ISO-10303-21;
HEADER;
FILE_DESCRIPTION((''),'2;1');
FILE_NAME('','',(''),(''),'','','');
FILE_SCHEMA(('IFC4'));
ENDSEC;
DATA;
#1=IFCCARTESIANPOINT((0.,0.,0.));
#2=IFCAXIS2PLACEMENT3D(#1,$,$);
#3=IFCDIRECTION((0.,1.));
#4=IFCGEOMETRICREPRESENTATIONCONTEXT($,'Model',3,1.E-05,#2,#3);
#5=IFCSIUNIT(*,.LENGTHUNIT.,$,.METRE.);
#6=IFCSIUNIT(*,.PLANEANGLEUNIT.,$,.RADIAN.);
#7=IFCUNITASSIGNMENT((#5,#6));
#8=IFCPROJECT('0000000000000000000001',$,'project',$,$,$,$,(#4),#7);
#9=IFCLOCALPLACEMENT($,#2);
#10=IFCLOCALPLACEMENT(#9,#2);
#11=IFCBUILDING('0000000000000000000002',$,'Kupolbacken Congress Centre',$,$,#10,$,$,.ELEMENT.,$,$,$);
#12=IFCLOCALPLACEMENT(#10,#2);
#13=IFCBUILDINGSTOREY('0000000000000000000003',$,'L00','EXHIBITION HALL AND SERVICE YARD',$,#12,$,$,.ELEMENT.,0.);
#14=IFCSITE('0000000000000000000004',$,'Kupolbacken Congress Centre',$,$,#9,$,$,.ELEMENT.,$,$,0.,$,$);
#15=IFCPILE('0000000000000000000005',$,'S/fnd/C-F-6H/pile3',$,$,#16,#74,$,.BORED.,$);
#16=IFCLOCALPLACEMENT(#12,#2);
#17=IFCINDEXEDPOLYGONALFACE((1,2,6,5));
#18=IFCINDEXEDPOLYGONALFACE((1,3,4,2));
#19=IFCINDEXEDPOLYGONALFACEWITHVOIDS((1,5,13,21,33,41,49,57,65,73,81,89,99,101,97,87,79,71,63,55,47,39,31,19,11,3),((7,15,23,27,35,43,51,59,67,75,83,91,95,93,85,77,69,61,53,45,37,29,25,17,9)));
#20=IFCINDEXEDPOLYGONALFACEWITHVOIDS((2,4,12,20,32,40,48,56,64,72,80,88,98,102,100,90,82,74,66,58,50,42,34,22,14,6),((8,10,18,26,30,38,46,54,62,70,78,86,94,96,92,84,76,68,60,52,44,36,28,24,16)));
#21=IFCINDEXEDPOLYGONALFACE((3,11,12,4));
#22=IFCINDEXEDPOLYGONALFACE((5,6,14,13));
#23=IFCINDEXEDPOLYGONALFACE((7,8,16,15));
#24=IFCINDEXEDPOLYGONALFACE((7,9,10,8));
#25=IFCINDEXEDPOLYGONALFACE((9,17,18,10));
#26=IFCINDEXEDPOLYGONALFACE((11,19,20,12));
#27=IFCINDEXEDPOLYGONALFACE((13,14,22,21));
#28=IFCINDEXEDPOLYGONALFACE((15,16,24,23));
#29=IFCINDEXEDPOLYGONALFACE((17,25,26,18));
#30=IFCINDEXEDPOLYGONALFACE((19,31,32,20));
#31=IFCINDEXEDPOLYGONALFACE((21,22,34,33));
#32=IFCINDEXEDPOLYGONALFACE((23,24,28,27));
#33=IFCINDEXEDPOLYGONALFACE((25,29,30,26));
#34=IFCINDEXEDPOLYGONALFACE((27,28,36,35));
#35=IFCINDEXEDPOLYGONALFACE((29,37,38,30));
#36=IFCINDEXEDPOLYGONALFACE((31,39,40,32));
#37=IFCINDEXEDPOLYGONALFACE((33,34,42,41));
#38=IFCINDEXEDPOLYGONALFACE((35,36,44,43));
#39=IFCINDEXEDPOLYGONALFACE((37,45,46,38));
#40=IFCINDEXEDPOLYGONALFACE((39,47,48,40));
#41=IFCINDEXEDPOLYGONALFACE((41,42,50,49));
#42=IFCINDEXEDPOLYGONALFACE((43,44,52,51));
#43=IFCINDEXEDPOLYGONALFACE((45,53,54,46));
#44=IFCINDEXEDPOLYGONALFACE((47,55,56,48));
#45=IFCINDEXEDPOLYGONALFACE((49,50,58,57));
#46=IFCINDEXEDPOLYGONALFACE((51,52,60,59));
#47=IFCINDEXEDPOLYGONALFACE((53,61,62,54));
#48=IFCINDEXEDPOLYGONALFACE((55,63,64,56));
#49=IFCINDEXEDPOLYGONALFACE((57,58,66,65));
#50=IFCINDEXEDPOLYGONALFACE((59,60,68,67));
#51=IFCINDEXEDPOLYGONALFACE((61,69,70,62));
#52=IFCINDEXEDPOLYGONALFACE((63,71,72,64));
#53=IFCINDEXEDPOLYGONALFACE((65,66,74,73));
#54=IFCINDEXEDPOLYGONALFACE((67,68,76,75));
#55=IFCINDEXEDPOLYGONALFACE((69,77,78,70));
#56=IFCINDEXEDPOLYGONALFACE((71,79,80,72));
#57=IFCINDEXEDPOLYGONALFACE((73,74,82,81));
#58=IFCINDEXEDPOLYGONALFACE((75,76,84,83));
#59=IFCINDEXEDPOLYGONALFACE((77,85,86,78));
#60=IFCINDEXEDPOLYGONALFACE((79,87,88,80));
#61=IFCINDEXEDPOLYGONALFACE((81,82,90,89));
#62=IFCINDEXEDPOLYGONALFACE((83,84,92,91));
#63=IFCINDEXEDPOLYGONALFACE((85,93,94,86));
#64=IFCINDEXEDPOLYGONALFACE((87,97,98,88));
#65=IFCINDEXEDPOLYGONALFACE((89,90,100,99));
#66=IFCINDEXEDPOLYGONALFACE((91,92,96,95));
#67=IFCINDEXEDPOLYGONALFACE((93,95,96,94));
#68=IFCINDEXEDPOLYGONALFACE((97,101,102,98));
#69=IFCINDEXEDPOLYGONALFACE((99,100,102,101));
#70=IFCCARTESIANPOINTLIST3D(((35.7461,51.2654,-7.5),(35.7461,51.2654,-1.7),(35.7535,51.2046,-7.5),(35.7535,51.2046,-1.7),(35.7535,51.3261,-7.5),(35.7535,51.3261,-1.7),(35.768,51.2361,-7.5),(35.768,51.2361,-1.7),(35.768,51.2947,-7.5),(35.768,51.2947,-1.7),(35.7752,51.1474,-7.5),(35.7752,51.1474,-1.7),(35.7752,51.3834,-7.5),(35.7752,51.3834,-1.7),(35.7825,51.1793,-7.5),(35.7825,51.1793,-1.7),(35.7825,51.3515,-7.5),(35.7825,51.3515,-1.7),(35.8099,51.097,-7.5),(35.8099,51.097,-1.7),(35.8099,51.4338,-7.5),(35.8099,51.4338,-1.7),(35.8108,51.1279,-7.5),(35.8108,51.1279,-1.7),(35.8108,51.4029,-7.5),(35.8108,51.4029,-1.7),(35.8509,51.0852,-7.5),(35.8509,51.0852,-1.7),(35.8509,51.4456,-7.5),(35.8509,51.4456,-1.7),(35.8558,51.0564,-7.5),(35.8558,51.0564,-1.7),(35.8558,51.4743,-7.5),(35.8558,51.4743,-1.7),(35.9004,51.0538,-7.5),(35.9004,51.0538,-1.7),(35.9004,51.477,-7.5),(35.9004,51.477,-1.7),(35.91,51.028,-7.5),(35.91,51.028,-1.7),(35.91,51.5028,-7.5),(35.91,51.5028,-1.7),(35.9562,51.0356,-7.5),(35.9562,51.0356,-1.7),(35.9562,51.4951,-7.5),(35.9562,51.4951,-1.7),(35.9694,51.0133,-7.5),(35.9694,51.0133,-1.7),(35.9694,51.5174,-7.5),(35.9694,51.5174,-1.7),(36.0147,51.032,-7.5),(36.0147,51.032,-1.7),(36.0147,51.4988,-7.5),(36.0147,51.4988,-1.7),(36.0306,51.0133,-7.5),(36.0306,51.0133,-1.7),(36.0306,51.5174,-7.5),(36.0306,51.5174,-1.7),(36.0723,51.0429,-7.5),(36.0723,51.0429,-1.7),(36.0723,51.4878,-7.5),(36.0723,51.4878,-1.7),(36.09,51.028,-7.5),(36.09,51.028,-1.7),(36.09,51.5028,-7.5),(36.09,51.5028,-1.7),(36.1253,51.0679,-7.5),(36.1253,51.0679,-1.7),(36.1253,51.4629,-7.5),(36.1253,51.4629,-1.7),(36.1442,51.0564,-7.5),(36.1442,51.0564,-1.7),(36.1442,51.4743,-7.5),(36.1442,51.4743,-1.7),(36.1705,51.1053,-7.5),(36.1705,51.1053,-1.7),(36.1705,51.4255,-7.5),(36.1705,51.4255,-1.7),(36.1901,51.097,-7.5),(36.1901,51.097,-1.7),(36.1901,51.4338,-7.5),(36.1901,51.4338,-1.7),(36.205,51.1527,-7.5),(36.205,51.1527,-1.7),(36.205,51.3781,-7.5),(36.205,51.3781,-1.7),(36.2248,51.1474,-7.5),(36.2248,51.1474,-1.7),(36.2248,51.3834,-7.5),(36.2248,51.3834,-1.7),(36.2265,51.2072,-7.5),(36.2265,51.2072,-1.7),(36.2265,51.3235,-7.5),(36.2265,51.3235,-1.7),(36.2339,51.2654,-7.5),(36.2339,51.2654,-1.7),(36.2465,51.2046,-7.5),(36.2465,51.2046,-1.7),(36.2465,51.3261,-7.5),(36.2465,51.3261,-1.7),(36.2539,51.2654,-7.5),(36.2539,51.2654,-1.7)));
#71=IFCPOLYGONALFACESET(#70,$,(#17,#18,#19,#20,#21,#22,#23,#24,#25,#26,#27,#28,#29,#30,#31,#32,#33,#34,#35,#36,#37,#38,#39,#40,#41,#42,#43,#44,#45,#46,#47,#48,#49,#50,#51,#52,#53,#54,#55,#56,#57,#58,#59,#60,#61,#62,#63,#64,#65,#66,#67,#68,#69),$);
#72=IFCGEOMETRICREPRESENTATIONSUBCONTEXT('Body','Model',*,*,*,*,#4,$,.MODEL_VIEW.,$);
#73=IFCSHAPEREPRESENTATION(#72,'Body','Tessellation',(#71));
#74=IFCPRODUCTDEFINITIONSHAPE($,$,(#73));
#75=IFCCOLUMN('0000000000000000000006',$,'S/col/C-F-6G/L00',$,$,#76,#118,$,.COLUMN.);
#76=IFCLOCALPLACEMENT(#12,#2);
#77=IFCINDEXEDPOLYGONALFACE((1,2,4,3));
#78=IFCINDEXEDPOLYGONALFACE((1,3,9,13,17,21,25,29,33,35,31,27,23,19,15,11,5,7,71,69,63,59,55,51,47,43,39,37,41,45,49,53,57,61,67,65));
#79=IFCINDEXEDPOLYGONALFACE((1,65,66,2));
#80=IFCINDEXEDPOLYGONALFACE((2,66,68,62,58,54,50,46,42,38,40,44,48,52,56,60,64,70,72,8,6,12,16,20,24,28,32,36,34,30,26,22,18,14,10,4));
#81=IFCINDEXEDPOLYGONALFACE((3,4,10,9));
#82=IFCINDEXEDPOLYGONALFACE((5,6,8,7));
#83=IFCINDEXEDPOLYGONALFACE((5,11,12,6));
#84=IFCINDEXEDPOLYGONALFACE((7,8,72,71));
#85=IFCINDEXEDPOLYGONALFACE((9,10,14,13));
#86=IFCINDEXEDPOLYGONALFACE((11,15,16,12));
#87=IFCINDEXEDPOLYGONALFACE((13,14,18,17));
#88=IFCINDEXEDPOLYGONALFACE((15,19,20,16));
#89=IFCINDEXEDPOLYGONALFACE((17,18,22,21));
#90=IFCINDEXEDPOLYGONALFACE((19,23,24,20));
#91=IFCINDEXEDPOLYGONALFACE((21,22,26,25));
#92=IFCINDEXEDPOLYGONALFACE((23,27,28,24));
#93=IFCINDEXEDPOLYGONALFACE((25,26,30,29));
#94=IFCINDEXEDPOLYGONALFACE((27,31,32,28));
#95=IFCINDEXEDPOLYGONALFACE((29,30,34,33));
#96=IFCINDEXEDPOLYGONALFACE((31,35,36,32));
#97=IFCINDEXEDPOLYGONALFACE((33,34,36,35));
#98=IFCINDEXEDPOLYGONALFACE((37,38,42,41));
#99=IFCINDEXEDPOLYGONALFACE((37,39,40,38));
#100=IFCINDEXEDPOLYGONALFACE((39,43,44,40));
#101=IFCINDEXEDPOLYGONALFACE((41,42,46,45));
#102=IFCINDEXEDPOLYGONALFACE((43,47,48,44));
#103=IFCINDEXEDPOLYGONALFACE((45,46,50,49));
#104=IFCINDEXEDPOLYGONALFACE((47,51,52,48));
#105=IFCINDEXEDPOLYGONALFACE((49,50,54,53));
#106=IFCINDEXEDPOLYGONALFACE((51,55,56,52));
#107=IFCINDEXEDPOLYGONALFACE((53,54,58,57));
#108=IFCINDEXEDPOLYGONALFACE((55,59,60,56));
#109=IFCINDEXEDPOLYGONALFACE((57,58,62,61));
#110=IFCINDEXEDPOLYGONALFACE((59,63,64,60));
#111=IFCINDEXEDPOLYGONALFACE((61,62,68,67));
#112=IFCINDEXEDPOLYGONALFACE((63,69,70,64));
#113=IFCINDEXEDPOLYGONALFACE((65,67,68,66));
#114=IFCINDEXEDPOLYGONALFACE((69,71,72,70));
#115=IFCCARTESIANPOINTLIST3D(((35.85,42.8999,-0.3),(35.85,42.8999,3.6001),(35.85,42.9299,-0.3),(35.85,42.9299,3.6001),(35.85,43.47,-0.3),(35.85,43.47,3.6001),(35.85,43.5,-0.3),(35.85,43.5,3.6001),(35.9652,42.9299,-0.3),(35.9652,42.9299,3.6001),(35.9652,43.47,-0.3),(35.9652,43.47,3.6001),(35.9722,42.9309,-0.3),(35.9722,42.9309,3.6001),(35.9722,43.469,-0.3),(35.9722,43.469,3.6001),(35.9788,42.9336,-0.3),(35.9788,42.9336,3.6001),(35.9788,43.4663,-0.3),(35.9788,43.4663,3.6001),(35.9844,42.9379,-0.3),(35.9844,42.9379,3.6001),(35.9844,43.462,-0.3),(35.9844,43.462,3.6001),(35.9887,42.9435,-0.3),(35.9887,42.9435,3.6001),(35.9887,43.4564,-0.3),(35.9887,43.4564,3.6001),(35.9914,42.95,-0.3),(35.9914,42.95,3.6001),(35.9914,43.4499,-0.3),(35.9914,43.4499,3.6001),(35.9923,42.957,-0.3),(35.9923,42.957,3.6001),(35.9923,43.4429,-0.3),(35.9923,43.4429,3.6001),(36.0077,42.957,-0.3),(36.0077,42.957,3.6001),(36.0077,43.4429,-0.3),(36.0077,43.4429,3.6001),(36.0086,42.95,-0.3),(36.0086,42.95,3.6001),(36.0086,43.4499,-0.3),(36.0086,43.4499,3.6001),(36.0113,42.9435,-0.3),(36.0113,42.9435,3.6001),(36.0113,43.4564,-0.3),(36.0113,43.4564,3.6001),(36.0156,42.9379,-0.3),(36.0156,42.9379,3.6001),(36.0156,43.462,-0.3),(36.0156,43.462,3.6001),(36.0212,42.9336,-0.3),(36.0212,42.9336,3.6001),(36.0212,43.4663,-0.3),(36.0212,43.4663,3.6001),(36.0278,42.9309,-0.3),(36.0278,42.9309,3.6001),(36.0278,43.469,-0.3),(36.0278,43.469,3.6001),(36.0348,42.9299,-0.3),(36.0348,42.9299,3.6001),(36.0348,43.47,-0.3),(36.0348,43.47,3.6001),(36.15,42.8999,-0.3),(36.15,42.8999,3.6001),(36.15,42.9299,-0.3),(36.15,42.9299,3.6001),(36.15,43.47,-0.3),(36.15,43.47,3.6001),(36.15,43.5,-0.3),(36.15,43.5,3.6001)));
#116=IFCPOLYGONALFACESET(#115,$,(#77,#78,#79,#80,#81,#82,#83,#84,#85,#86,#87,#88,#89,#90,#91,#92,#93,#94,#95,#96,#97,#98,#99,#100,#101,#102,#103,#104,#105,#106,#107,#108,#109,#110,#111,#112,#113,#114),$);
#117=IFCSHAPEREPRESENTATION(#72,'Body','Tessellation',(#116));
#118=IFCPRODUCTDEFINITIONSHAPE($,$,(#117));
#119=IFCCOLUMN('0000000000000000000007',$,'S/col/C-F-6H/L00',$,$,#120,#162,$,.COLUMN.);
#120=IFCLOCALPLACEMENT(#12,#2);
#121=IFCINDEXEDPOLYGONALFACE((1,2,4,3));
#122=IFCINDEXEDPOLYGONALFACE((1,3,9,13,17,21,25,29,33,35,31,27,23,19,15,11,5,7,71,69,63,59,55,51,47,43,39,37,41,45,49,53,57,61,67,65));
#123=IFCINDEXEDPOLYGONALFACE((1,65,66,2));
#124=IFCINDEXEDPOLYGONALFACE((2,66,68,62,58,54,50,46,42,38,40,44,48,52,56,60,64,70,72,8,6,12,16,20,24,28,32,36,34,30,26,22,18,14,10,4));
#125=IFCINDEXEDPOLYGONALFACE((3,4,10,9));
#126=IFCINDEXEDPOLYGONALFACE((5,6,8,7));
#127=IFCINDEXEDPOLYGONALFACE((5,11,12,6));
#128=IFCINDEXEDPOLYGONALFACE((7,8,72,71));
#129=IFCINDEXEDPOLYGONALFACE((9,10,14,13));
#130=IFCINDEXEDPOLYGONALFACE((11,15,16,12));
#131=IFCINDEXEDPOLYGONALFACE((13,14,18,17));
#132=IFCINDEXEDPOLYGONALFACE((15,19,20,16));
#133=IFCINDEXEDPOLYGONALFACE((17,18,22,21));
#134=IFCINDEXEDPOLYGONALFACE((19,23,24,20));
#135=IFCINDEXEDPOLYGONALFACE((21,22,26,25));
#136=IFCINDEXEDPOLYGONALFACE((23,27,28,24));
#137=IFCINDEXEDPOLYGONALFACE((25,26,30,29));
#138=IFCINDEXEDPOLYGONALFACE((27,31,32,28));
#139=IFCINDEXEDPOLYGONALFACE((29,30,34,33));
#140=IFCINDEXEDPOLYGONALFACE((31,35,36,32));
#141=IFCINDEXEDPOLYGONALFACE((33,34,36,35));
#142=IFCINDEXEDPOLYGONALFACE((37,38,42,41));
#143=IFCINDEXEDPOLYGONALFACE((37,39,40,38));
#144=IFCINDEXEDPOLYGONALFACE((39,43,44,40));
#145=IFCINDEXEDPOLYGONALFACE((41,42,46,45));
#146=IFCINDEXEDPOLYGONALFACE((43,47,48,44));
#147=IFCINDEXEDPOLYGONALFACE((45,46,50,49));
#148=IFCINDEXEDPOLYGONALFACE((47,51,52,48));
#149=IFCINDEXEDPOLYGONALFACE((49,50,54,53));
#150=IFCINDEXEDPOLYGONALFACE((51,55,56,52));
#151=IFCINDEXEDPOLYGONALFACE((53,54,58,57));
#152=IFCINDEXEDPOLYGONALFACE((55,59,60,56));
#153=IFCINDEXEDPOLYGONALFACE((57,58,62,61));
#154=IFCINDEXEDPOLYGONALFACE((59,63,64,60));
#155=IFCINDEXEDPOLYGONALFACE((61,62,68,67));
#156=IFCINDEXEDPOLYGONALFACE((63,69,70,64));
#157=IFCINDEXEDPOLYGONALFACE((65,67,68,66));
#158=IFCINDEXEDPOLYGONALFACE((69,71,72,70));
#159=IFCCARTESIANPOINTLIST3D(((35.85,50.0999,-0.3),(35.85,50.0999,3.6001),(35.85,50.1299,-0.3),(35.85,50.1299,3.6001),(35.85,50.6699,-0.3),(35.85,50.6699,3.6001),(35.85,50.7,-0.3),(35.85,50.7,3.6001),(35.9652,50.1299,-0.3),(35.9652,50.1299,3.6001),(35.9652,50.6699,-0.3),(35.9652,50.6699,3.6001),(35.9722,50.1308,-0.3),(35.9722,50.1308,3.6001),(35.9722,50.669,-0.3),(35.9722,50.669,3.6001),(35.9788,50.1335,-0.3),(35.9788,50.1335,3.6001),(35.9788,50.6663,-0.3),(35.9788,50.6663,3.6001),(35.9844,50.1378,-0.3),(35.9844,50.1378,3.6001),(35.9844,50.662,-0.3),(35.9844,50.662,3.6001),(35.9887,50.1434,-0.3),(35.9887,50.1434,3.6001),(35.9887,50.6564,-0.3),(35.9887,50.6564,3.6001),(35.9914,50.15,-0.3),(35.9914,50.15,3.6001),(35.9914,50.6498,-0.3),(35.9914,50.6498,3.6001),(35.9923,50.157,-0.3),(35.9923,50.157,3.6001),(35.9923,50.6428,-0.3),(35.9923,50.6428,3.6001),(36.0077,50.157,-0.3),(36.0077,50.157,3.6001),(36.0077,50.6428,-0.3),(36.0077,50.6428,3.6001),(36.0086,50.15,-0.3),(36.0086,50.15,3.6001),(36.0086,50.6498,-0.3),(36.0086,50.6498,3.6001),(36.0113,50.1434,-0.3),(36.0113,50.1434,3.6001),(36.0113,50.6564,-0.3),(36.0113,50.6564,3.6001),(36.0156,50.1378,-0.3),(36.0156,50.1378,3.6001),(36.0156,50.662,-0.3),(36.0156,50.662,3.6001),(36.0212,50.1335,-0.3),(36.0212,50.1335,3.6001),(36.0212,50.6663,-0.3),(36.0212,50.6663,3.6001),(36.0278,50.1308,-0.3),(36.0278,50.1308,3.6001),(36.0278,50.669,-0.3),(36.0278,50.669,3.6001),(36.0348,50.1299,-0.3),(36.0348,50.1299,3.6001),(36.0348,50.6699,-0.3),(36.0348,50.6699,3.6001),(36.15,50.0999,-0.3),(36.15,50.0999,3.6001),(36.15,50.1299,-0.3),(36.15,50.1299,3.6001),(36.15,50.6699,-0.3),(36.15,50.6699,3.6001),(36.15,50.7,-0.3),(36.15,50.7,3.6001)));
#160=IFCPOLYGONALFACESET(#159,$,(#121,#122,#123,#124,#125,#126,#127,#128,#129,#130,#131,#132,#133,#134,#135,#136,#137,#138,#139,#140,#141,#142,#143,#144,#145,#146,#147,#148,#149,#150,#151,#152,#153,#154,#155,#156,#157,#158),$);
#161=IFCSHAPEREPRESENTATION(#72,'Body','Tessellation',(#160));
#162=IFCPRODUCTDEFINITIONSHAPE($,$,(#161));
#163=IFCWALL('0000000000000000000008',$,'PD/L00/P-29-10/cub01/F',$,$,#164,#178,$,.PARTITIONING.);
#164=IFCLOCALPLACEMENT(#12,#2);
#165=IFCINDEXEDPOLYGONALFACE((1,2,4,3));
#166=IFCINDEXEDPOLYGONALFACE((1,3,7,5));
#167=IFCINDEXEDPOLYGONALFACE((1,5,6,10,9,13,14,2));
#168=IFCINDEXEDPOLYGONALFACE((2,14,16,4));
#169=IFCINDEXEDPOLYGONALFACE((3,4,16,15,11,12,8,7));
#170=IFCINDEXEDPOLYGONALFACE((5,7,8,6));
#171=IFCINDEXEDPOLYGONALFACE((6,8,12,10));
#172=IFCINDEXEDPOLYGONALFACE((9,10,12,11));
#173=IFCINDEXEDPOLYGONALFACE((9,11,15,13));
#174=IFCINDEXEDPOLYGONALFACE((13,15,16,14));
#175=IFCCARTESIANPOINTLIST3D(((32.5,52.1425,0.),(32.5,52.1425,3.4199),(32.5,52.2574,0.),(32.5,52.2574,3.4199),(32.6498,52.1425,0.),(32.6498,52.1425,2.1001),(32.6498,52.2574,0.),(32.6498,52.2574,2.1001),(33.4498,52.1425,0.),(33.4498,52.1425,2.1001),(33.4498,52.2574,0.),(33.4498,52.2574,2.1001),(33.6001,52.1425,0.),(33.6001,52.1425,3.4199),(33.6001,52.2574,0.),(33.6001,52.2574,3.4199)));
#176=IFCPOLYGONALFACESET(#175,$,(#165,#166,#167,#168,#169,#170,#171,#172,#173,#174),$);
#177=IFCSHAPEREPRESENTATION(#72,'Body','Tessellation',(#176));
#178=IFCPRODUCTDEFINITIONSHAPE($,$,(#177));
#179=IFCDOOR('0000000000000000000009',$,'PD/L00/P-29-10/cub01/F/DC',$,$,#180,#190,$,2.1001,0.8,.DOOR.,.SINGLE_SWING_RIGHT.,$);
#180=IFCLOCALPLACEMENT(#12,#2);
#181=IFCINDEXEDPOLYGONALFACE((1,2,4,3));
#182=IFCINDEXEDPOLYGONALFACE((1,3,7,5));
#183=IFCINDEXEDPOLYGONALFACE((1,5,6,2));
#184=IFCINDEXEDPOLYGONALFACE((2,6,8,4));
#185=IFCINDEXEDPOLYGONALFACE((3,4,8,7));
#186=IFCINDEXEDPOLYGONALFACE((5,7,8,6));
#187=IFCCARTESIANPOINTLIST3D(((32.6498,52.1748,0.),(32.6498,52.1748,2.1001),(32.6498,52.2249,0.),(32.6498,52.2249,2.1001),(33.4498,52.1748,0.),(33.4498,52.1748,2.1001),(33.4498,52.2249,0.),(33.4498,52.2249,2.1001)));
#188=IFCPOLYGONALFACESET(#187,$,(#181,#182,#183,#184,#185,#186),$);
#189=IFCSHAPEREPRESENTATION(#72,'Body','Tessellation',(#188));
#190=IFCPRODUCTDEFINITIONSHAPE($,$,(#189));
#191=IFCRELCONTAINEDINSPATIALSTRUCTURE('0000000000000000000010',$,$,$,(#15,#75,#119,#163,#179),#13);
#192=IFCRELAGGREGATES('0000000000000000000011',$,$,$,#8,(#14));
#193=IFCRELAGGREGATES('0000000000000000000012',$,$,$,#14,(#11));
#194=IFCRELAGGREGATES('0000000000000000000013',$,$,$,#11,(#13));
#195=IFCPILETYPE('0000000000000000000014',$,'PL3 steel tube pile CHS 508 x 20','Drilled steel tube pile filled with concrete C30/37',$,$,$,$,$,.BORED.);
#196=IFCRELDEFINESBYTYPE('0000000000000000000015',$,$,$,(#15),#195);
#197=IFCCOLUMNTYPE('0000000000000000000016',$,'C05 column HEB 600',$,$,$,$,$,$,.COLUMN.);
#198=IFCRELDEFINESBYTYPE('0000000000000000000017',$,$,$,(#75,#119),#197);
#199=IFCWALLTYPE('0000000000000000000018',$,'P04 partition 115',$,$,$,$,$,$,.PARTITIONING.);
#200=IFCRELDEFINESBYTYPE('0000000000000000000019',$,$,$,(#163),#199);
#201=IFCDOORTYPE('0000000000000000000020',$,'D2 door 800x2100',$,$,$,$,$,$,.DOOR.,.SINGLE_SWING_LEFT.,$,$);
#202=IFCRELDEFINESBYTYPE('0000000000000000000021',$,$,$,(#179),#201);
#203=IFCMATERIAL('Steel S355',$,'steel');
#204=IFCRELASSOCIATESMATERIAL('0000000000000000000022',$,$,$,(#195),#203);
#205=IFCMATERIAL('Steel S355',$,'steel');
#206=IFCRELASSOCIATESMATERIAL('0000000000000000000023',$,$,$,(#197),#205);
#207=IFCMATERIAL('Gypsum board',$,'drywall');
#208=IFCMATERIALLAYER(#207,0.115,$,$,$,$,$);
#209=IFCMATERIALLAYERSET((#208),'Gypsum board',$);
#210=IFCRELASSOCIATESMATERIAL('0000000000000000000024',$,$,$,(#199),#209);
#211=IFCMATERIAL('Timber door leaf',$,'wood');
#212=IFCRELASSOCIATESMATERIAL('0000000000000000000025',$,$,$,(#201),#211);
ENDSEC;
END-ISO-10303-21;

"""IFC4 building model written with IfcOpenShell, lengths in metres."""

from ifc_helpers import new_model, si_unit, direction, frame, frame_2d, origin, origin_2d, place, context, subcontext, project, spatial, rectangle, hollow_circle, i_section, extrude, material, layer, layer_set, material_profile, profile_set, type_object, element, fill, save


model = new_model("IFC4")

# Units and contexts
model_context = context("Model", 3, precision=1e-05, world=origin(), true_north=direction((0.0, 1.0)))
body_context = subcontext(model_context, "Body", "Model", "MODEL_VIEW")
ifc_project = project(units=[si_unit("LENGTHUNIT", "METRE"), si_unit("PLANEANGLEUNIT", "RADIAN")], contexts=[model_context])

# Site, building, storey
site_placement = place(None, origin())
site = spatial("IfcSite", under=ifc_project, at=site_placement, Name="Kupolbacken Congress Centre", CompositionType="ELEMENT", RefElevation=0.0)
building_placement = place(site_placement, origin())
building = spatial("IfcBuilding", under=site, at=building_placement, Name="Kupolbacken Congress Centre", CompositionType="ELEMENT")
storey_placement = place(building_placement, origin())
storey = spatial("IfcBuildingStorey", under=building, at=storey_placement, Name="L00", Description="EXHIBITION HALL AND SERVICE YARD", CompositionType="ELEMENT", Elevation=0.0)

# Pile
ifc_material_1 = material(Name="Steel S355", Category="steel")
ifc_material_profile_1 = material_profile(ifc_material_1, hollow_circle(Radius=0.2539, WallThickness=0.02, at=origin_2d()), Name="CHS 508 x 20")
ifc_profile_set_1 = profile_set([ifc_material_profile_1], Name="Steel S355")
pile_type = type_object("IfcPileType", Name="PL3 steel tube pile CHS 508 x 20", Description="Drilled steel tube pile filled with concrete C30/37", PredefinedType="BORED", material=ifc_profile_set_1)
for number, where, z_axis, x_axis, name in (
    (1, (36.0, 51.2654, -1.7), (0.0, 0.0, -1.0), (1.0, 0.0, 0.0), "S/fnd/C-F-6H/pile3"),
):
    element("IfcPile", number, at=place(storey_placement, frame(where, z_axis=z_axis, x_axis=x_axis)), inside=storey, type_object=pile_type, Name=name, PredefinedType="BORED", context=body_context, shape_type="SweptSolid", body=[
        extrude(hollow_circle(Radius=0.2539, WallThickness=0.02, at=origin_2d()), origin(), (0.0, 0.0, 1.0), 5.8),
    ])

# Columns
ifc_material_2 = material(Name="Steel S355", Category="steel")
ifc_material_profile_2 = material_profile(ifc_material_2, i_section(OverallWidth=0.3, OverallDepth=0.6001, WebThickness=0.0154, FlangeThickness=0.03, FilletRadius=0.0271, at=origin_2d()), Name="HEB 600")
ifc_profile_set_2 = profile_set([ifc_material_profile_2], Name="Steel S355")
column_type = type_object("IfcColumnType", Name="C05 column HEB 600", PredefinedType="COLUMN", material=ifc_profile_set_2)
for number, where, z_axis, x_axis, name in (
    (2, (36.0, 43.2, -0.3), (0.0, 0.0, 1.0), (1.0, 0.0, 0.0), "S/col/C-F-6G/L00"),
    (3, (36.0, 50.3999, -0.3), (0.0, 0.0, 1.0), (1.0, 0.0, 0.0), "S/col/C-F-6H/L00"),
):
    element("IfcColumn", number, at=place(storey_placement, frame(where, z_axis=z_axis, x_axis=x_axis)), inside=storey, type_object=column_type, Name=name, PredefinedType="COLUMN", context=body_context, shape_type="SweptSolid", body=[
        extrude(i_section(OverallWidth=0.3, OverallDepth=0.6001, WebThickness=0.0154, FlangeThickness=0.03, FilletRadius=0.0271, at=origin_2d()), origin(), (0.0, 0.0, 1.0), 3.9001),
    ])

# Wall, opening, door
ifc_material_3 = material(Name="Gypsum board", Category="drywall")
ifc_layer_1 = layer(ifc_material_3, 0.115)
ifc_layer_set_1 = layer_set([ifc_layer_1], Name="Gypsum board")
wall_type_1 = type_object("IfcWallType", Name="P04 partition 115", PredefinedType="PARTITIONING", material=ifc_layer_set_1)
wall_1_placement = place(storey_placement, frame((32.5, 52.2, 0.0), z_axis=(0.0, 0.0, 1.0), x_axis=(1.0, 0.0, 0.0)))
wall_1 = element("IfcWall", 4, at=wall_1_placement, inside=storey, type_object=wall_type_1, Name="PD/L00/P-29-10/cub01/F", PredefinedType="PARTITIONING", context=body_context, shape_type="SweptSolid", body=[
    extrude(rectangle(XDim=1.1001, YDim=0.115, at=frame_2d((0.55, 0.0))), origin(), (0.0, 0.0, 1.0), 3.4199),
])
opening_1_placement = place(wall_1_placement, frame((0.1499, 0.0, 0.0)))
opening_1 = element("IfcOpeningElement", 5, at=opening_1_placement, cuts=wall_1, PredefinedType="OPENING", context=body_context, shape_type="SweptSolid", body=[
    extrude(rectangle(XDim=0.8, YDim=2.1001, at=frame_2d((0.3999, 1.05))), frame((0.0, 0.0674, 0.0), z_axis=(0.0, -1.0, 0.0), x_axis=(1.0, 0.0, 0.0)), (0.0, 0.0, 1.0), 0.135),
])
ifc_material_4 = material(Name="Timber door leaf", Category="wood")
door_type_1 = type_object("IfcDoorType", Name="D2 door 800x2100", OperationType="SINGLE_SWING_LEFT", PredefinedType="DOOR", material=ifc_material_4)
door_1_placement = place(opening_1_placement, origin())
door_1 = element("IfcDoor", 6, at=door_1_placement, inside=storey, type_object=door_type_1, Name="PD/L00/P-29-10/cub01/F/DC", OperationType="SINGLE_SWING_RIGHT", OverallHeight=2.1001, OverallWidth=0.8, PredefinedType="DOOR", context=body_context, shape_type="SweptSolid", body=[
    extrude(rectangle(XDim=0.8, YDim=2.1001, at=frame_2d((0.3999, 1.05))), frame((0.0, 0.0249, 0.0), z_axis=(0.0, -1.0, 0.0), x_axis=(1.0, 0.0, 0.0)), (0.0, 0.0, 1.0), 0.05),
])
fill(opening_1, door_1)

save(model, "model.ifc")
